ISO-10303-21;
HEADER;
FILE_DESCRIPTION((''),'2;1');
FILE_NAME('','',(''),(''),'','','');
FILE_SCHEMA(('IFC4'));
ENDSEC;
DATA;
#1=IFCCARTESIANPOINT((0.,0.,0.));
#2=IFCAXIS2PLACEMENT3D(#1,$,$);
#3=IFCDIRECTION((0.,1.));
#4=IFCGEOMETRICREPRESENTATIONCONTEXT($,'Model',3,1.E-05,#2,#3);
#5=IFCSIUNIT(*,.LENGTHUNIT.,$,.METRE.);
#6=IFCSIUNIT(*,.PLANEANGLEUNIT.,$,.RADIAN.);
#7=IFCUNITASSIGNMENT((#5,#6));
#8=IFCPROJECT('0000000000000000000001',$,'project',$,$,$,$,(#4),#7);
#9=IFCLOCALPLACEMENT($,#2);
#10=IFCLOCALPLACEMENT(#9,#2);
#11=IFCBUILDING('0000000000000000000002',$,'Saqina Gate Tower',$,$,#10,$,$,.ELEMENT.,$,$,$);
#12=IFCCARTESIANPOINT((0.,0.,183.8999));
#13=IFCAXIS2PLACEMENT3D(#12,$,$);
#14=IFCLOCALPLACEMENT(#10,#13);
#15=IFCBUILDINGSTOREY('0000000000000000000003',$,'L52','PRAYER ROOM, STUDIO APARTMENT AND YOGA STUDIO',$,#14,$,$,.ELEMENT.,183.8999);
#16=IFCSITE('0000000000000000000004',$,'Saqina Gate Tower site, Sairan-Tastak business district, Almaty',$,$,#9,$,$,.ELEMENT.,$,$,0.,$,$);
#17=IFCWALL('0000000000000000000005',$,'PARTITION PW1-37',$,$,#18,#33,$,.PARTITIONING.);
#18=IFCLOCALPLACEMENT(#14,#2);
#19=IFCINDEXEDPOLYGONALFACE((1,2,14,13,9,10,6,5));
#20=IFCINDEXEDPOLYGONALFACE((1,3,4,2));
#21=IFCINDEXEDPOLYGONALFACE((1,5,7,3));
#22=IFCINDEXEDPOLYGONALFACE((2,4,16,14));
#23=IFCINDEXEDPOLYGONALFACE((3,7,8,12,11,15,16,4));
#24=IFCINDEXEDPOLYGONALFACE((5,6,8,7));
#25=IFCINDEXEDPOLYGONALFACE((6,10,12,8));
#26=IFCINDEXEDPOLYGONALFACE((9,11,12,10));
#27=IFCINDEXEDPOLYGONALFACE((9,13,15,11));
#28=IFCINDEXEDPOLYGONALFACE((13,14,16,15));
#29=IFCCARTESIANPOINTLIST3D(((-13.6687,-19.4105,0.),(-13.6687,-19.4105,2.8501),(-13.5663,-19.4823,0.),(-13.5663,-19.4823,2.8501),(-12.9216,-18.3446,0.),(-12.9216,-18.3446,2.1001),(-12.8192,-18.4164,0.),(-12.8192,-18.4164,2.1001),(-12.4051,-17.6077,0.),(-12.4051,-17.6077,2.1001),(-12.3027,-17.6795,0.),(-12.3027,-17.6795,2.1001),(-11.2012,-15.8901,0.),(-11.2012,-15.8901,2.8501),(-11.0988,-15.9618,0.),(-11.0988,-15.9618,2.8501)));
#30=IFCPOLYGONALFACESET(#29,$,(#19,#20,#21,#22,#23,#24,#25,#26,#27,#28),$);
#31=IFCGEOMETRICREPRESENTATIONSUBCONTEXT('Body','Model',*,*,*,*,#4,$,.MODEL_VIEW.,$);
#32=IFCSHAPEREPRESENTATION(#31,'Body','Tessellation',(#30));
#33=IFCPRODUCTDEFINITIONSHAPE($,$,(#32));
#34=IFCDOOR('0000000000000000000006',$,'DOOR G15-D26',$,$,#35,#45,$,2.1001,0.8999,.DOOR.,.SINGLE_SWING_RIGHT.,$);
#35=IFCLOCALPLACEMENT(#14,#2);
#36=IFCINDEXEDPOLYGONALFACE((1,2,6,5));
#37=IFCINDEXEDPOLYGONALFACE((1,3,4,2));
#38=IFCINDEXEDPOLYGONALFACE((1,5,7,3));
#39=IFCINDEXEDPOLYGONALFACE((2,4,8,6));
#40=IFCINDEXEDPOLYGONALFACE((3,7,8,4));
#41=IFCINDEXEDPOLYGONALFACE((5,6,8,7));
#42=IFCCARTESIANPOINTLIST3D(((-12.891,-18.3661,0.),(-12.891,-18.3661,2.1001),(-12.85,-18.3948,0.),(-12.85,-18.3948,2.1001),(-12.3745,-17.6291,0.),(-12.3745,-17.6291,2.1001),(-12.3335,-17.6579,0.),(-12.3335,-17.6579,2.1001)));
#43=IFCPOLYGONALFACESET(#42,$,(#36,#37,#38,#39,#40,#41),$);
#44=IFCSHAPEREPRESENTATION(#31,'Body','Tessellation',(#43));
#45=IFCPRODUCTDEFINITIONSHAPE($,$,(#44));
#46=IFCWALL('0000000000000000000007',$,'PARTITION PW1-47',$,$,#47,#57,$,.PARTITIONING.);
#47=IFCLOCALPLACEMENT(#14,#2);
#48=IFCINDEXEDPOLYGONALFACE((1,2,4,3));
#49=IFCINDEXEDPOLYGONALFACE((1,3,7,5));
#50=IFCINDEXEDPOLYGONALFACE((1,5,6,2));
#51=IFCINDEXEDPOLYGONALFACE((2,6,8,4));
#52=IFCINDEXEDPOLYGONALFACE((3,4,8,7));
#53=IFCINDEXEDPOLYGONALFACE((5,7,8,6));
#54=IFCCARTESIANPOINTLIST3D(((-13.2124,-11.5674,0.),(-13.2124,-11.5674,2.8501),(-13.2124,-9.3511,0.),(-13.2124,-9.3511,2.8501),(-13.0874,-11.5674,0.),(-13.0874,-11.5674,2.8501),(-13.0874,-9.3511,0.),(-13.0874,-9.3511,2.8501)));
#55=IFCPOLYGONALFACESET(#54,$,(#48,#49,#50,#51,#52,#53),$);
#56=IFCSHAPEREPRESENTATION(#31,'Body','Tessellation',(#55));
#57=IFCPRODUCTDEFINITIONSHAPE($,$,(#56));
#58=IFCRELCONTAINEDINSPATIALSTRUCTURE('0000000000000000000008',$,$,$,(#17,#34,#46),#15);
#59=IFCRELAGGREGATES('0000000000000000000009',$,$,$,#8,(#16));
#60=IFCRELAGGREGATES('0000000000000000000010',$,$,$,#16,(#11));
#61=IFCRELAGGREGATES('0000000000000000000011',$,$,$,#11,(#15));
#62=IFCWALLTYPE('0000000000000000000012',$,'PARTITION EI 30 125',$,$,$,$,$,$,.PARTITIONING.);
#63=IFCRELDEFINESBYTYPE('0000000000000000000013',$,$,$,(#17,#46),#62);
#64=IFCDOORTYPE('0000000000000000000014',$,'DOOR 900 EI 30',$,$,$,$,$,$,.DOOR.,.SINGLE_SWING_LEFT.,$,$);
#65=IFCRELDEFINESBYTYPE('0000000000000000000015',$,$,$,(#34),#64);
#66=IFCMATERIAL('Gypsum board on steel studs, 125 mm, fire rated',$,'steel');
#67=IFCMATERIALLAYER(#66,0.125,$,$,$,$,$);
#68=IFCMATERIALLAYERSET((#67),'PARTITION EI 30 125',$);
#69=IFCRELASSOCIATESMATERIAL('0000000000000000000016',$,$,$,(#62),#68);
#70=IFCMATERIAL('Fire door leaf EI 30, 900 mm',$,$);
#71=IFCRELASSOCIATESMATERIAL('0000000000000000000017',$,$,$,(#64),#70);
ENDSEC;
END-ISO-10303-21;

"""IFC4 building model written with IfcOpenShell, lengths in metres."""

from ifc_helpers import new_model, si_unit, direction, frame, frame_2d, origin, place, context, subcontext, project, spatial, rectangle, extrude, material, layer, layer_set, type_object, element, fill, save


model = new_model("IFC4")

# Units and contexts
model_context = context("Model", 3, precision=1e-05, world=origin(), true_north=direction((0.0, 1.0)))
body_context = subcontext(model_context, "Body", "Model", "MODEL_VIEW")
ifc_project = project(units=[si_unit("LENGTHUNIT", "METRE"), si_unit("PLANEANGLEUNIT", "RADIAN")], contexts=[model_context])

# Site, building, storey
site_placement = place(None, origin())
site = spatial("IfcSite", under=ifc_project, at=site_placement, Name="Saqina Gate Tower site, Sairan-Tastak business district, Almaty", CompositionType="ELEMENT", RefElevation=0.0)
building_placement = place(site_placement, origin())
building = spatial("IfcBuilding", under=site, at=building_placement, Name="Saqina Gate Tower", CompositionType="ELEMENT")
storey_placement = place(building_placement, frame((0.0, 0.0, 183.8999)))
storey = spatial("IfcBuildingStorey", under=building, at=storey_placement, Name="L52", Description="PRAYER ROOM, STUDIO APARTMENT AND YOGA STUDIO", CompositionType="ELEMENT", Elevation=183.8999)

# Shared definitions
ifc_material_1 = material(Name="Gypsum board on steel studs, 125 mm, fire rated", Category="steel")
ifc_layer_1 = layer(ifc_material_1, 0.125)
ifc_layer_set_1 = layer_set([ifc_layer_1], Name="PARTITION EI 30 125")
wall_type_1 = type_object("IfcWallType", Name="PARTITION EI 30 125", PredefinedType="PARTITIONING", material=ifc_layer_set_1)

# Shared definitions
ifc_material_2 = material(Name="Fire door leaf EI 30, 900 mm")
door_type_1 = type_object("IfcDoorType", Name="DOOR 900 EI 30", OperationType="SINGLE_SWING_LEFT", PredefinedType="DOOR", material=ifc_material_2)

# Wall, opening, door
wall_1_placement = place(storey_placement, frame((-13.6174, -19.4463, 0.0), z_axis=(0.0, 0.0, 1.0), x_axis=(0.573958, 0.818885, 0.0)))
wall_1 = element("IfcWall", 1, at=wall_1_placement, inside=storey, type_object=wall_type_1, Name="PARTITION PW1-37", PredefinedType="PARTITIONING", context=body_context, shape_type="SweptSolid", body=[
    extrude(rectangle(XDim=4.2991, YDim=0.125, at=frame_2d((2.1494, 0.0))), origin(), (0.0, 0.0, 1.0), 2.8501),
])
opening_1_placement = place(wall_1_placement, frame((1.3015, 0.0, 0.0)))
opening_1 = element("IfcOpeningElement", 2, at=opening_1_placement, cuts=wall_1, PredefinedType="OPENING", context=body_context, shape_type="SweptSolid", body=[
    extrude(rectangle(XDim=0.8999, YDim=2.1001, at=frame_2d((0.45, 1.05))), frame((0.0, 0.0745, 0.0), z_axis=(0.0, -1.0, 0.0), x_axis=(1.0, 0.0, 0.0)), (0.0, 0.0, 1.0), 0.1489),
])
door_1_placement = place(opening_1_placement, frame((0.8999, 0.0, 0.0), z_axis=(0.0, 0.0, 1.0), x_axis=(-1.0, 0.0, 0.0)))
door_1 = element("IfcDoor", 3, at=door_1_placement, inside=storey, type_object=door_type_1, Name="DOOR G15-D26", OperationType="SINGLE_SWING_RIGHT", OverallHeight=2.1001, OverallWidth=0.8999, PredefinedType="DOOR", context=body_context, shape_type="SweptSolid", body=[
    extrude(rectangle(XDim=0.8999, YDim=2.1001, at=frame_2d((0.45, 1.05))), frame((0.0, 0.0249, 0.0), z_axis=(0.0, -1.0, 0.0), x_axis=(1.0, 0.0, 0.0)), (0.0, 0.0, 1.0), 0.05),
])
fill(opening_1, door_1)

# Wall
wall_2_placement = place(storey_placement, frame((-13.1499, -11.5674, 0.0), z_axis=(0.0, 0.0, 1.0), x_axis=(0.0, 1.0, 0.0)))
element("IfcWall", 4, at=wall_2_placement, inside=storey, type_object=wall_type_1, Name="PARTITION PW1-47", PredefinedType="PARTITIONING", context=body_context, shape_type="SweptSolid", body=[
    extrude(rectangle(XDim=2.2163, YDim=0.125, at=frame_2d((1.1082, 0.0))), origin(), (0.0, 0.0, 1.0), 2.8501),
])

save(model, "model.ifc")
